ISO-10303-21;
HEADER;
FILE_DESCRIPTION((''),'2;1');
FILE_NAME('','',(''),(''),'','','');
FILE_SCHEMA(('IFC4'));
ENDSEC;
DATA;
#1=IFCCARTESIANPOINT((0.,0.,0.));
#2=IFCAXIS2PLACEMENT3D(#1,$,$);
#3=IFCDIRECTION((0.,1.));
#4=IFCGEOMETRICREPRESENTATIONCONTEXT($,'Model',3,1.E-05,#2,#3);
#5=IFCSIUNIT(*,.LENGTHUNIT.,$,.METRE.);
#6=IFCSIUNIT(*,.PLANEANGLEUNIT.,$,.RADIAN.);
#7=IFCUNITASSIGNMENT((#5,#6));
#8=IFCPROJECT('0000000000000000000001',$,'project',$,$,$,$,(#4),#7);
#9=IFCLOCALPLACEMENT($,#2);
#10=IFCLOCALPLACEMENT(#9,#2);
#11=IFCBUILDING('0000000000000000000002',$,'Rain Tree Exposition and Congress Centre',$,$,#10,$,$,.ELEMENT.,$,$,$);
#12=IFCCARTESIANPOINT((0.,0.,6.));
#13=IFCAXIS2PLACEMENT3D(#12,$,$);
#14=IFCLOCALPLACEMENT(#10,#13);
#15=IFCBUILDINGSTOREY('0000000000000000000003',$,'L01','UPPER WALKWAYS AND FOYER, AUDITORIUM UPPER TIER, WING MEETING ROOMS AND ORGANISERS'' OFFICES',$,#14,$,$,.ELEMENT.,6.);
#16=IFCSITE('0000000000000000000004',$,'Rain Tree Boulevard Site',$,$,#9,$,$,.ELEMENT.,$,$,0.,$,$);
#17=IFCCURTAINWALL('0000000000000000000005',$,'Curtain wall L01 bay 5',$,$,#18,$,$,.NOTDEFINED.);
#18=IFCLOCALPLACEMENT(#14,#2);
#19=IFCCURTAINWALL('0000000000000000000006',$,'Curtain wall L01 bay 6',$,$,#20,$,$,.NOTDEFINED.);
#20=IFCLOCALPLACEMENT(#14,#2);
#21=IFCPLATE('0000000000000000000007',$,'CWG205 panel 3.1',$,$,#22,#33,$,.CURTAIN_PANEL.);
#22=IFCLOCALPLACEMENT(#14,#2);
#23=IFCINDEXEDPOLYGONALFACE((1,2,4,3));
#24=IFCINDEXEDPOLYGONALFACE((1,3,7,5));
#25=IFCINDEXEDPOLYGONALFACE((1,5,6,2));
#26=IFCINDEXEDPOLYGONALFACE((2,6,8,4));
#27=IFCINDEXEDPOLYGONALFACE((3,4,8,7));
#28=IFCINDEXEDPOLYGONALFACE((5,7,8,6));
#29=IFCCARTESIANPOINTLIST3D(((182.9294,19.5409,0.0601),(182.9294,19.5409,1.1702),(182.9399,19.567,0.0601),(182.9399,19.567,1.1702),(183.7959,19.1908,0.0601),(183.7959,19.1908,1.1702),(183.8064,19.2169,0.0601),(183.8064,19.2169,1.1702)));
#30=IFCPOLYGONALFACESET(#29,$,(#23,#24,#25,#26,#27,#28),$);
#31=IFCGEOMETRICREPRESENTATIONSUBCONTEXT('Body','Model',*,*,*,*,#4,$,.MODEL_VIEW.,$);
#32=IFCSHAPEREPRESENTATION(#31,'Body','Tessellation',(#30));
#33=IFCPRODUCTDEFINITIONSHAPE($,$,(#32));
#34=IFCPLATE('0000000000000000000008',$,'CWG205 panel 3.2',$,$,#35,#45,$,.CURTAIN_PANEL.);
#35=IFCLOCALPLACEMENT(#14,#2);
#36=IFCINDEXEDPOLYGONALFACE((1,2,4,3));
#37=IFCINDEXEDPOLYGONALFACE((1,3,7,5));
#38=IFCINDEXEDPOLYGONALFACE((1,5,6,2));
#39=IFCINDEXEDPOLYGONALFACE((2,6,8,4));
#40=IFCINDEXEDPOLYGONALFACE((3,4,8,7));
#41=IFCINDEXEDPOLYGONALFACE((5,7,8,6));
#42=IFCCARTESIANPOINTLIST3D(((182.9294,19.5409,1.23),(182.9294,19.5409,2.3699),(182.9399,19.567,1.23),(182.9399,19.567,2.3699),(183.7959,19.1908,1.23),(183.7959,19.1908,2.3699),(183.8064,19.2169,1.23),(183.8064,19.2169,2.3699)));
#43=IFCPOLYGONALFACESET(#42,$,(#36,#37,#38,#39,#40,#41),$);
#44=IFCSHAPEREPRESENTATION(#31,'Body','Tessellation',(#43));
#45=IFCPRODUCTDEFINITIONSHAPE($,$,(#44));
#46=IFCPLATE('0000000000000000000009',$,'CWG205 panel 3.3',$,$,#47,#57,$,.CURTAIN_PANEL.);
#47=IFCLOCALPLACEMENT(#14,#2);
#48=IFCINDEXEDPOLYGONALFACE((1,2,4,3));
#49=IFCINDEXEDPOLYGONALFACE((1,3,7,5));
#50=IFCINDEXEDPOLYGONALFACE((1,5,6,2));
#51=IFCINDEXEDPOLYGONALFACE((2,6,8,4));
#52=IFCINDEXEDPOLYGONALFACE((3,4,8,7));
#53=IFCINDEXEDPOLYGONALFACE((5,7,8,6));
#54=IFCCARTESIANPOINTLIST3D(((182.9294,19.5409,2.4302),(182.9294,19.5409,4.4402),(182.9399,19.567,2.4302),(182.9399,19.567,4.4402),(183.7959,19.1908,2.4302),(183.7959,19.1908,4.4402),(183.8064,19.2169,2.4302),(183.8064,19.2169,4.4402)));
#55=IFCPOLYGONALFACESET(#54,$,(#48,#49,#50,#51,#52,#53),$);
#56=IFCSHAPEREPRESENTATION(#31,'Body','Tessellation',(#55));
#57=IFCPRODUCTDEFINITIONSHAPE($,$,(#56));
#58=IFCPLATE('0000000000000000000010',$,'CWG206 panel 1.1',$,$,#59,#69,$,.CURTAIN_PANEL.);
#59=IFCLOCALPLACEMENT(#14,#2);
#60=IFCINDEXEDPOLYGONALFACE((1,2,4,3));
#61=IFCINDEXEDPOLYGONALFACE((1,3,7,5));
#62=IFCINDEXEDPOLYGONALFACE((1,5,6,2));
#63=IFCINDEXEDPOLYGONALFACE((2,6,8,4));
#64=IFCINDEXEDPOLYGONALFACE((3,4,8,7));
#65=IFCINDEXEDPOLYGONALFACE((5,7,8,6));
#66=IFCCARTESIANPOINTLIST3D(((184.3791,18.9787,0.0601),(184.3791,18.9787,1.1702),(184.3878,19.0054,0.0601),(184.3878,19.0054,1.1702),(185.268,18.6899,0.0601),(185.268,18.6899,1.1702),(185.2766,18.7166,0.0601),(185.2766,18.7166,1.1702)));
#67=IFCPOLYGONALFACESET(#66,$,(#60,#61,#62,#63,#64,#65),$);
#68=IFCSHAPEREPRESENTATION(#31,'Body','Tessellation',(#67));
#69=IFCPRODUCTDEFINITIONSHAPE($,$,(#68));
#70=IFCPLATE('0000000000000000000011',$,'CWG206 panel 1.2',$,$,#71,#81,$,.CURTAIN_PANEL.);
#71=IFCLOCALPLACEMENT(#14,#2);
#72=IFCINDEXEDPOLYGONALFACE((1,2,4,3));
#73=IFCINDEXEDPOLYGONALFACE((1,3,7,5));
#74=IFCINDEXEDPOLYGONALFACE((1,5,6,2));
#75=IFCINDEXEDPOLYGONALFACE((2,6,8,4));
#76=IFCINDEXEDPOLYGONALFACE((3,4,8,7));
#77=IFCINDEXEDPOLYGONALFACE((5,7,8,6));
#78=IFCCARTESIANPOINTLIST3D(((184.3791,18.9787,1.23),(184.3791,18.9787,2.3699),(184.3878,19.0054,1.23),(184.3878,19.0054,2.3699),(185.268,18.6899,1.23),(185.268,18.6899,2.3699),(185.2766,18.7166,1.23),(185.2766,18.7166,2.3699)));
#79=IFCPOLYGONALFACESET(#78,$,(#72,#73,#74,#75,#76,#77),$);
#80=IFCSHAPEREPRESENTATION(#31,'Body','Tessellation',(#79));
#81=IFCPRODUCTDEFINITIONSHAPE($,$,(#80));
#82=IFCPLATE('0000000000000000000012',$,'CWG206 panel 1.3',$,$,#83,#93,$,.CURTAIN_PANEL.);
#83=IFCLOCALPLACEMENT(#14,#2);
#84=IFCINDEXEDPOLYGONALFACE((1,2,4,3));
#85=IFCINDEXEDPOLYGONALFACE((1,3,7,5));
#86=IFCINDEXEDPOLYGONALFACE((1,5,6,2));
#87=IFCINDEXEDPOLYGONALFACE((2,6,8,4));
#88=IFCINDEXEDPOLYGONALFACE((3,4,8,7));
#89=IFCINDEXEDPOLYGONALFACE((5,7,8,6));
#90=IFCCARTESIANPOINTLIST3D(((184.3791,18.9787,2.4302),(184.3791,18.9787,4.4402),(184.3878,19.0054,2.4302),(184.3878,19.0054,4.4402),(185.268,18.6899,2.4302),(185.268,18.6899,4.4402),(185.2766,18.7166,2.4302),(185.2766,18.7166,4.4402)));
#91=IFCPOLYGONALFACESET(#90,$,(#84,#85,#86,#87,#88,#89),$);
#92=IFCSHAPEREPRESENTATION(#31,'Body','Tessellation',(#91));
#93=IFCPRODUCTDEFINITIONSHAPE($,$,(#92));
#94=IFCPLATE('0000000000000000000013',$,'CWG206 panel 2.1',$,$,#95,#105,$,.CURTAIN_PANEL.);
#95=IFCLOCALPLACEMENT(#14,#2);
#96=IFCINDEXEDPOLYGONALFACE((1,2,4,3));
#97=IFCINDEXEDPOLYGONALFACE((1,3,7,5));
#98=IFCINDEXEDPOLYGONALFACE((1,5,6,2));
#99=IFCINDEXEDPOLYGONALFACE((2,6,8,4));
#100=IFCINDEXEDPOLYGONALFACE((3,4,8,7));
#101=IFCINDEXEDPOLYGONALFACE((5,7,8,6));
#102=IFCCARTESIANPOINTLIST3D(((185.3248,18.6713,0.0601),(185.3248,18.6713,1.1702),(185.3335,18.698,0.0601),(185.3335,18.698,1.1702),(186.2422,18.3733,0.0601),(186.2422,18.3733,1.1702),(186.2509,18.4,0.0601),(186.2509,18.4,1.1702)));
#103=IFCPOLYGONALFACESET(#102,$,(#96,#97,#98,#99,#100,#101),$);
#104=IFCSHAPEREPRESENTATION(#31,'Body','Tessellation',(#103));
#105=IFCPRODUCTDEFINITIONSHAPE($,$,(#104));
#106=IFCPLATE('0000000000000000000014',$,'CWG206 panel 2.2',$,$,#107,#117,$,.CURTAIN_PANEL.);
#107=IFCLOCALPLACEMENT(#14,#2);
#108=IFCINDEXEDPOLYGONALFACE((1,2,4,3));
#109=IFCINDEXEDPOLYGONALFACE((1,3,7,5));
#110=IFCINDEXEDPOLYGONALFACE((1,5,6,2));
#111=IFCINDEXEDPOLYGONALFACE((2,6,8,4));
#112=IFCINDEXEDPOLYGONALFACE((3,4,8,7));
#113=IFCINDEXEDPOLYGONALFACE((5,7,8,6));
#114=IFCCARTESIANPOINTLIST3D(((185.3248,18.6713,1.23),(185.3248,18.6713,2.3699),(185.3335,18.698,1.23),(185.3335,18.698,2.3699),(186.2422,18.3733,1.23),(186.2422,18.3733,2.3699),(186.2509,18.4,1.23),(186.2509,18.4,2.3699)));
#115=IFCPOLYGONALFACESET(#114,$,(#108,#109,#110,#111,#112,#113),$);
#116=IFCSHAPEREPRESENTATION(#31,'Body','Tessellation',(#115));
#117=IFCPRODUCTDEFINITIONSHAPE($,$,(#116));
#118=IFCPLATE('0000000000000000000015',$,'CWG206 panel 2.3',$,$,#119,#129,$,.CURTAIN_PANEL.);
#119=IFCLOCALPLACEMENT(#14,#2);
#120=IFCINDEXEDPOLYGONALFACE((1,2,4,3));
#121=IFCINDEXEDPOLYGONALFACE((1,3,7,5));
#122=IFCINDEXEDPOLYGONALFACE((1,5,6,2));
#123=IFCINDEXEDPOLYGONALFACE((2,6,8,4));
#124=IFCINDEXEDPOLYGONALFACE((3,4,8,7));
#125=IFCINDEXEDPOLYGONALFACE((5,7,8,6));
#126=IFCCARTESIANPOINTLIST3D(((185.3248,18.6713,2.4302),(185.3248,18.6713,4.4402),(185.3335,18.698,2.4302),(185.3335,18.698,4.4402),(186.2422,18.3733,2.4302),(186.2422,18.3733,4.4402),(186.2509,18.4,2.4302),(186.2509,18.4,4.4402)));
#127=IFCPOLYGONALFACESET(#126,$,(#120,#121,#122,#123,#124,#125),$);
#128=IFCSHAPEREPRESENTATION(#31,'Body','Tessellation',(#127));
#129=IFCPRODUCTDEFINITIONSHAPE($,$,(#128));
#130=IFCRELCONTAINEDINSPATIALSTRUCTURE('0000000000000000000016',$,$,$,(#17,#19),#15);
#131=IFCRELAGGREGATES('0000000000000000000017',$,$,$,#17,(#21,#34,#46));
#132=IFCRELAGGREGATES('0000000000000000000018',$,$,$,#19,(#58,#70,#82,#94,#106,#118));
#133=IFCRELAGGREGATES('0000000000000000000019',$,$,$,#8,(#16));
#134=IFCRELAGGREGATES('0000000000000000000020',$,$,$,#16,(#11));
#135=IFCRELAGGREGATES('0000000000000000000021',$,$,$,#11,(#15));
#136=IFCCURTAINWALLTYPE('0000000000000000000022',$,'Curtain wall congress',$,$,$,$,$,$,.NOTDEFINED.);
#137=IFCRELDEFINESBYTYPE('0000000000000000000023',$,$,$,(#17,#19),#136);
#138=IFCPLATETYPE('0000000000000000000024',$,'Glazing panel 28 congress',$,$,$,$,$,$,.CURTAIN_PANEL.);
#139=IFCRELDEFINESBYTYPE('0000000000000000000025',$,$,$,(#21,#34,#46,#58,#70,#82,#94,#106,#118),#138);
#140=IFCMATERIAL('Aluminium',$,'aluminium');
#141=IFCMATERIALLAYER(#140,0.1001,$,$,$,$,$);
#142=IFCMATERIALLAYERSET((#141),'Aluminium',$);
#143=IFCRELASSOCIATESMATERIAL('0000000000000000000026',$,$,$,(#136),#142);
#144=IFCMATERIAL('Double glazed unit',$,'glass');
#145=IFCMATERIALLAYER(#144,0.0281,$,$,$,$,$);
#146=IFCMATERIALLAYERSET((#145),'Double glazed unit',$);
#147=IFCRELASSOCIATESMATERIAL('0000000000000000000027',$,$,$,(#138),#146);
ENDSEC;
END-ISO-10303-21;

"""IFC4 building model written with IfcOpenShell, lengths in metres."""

from ifc_helpers import new_model, si_unit, direction, frame, origin, origin_2d, place, context, subcontext, project, spatial, rectangle, extrude, material, layer, layer_set, type_object, element, aggregate, save


model = new_model("IFC4")

# Units and contexts
model_context = context("Model", 3, precision=1e-05, world=origin(), true_north=direction((0.0, 1.0)))
body_context = subcontext(model_context, "Body", "Model", "MODEL_VIEW")
ifc_project = project(units=[si_unit("LENGTHUNIT", "METRE"), si_unit("PLANEANGLEUNIT", "RADIAN")], contexts=[model_context])

# Site, building, storey
site_placement = place(None, origin())
site = spatial("IfcSite", under=ifc_project, at=site_placement, Name="Rain Tree Boulevard Site", CompositionType="ELEMENT", RefElevation=0.0)
building_placement = place(site_placement, origin())
building = spatial("IfcBuilding", under=site, at=building_placement, Name="Rain Tree Exposition and Congress Centre", CompositionType="ELEMENT")
storey_placement = place(building_placement, frame((0.0, 0.0, 6.0)))
storey = spatial("IfcBuildingStorey", under=building, at=storey_placement, Name="L01", Description="UPPER WALKWAYS AND FOYER, AUDITORIUM UPPER TIER, WING MEETING ROOMS AND ORGANISERS' OFFICES", CompositionType="ELEMENT", Elevation=6.0)

# Curtain walls
ifc_material_1 = material(Name="Aluminium", Category="aluminium")
ifc_layer_1 = layer(ifc_material_1, 0.1001)
ifc_layer_set_1 = layer_set([ifc_layer_1], Name="Aluminium")
curtain_wall_type = type_object("IfcCurtainWallType", Name="Curtain wall congress", PredefinedType="NOTDEFINED", material=ifc_layer_set_1)
curtain_wall_1_placement = place(storey_placement, origin())
curtain_wall_1 = element("IfcCurtainWall", 1, at=curtain_wall_1_placement, inside=storey, type_object=curtain_wall_type, Name="Curtain wall L01 bay 5", PredefinedType="NOTDEFINED")
curtain_wall_2_placement = place(storey_placement, origin())
curtain_wall_2 = element("IfcCurtainWall", 2, at=curtain_wall_2_placement, inside=storey, type_object=curtain_wall_type, Name="Curtain wall L01 bay 6", PredefinedType="NOTDEFINED")

# Plates
ifc_material_2 = material(Name="Double glazed unit", Category="glass")
ifc_layer_2 = layer(ifc_material_2, 0.0281)
ifc_layer_set_2 = layer_set([ifc_layer_2], Name="Double glazed unit")
plate_type = type_object("IfcPlateType", Name="Glazing panel 28 congress", PredefinedType="CURTAIN_PANEL", material=ifc_layer_set_2)
plate_1_placement = place(storey_placement, frame((183.3679, 19.3789, 0.0601), z_axis=(0.0, 0.0, 1.0), x_axis=(0.927188, -0.374597, 0.0)))
plate_1 = element("IfcPlate", 3, at=plate_1_placement, type_object=plate_type, Name="CWG205 panel 3.1", PredefinedType="CURTAIN_PANEL", context=body_context, shape_type="SweptSolid", body=[
    extrude(rectangle(XDim=0.9346, YDim=0.0281, at=origin_2d()), origin(), (0.0, 0.0, 1.0), 1.1101),
])
plate_2_placement = place(storey_placement, frame((183.3679, 19.3789, 1.23), z_axis=(0.0, 0.0, 1.0), x_axis=(0.927188, -0.374597, 0.0)))
plate_2 = element("IfcPlate", 4, at=plate_2_placement, type_object=plate_type, Name="CWG205 panel 3.2", PredefinedType="CURTAIN_PANEL", context=body_context, shape_type="SweptSolid", body=[
    extrude(rectangle(XDim=0.9346, YDim=0.0281, at=origin_2d()), origin(), (0.0, 0.0, 1.0), 1.1399),
])
plate_3_placement = place(storey_placement, frame((183.3679, 19.3789, 2.4302), z_axis=(0.0, 0.0, 1.0), x_axis=(0.927188, -0.374597, 0.0)))
plate_3 = element("IfcPlate", 5, at=plate_3_placement, type_object=plate_type, Name="CWG205 panel 3.3", PredefinedType="CURTAIN_PANEL", context=body_context, shape_type="SweptSolid", body=[
    extrude(rectangle(XDim=0.9346, YDim=0.0281, at=origin_2d()), origin(), (0.0, 0.0, 1.0), 2.01),
])
aggregate(curtain_wall_1, [plate_1, plate_2, plate_3])
plate_4_placement = place(storey_placement, frame((184.8279, 18.8477, 0.0601), z_axis=(0.0, 0.0, 1.0), x_axis=(0.95106, -0.309006, 0.0)))
plate_4 = element("IfcPlate", 6, at=plate_4_placement, type_object=plate_type, Name="CWG206 panel 1.1", PredefinedType="CURTAIN_PANEL", context=body_context, shape_type="SweptSolid", body=[
    extrude(rectangle(XDim=0.9346, YDim=0.0281, at=origin_2d()), origin(), (0.0, 0.0, 1.0), 1.1101),
])
plate_5_placement = place(storey_placement, frame((184.8279, 18.8477, 1.23), z_axis=(0.0, 0.0, 1.0), x_axis=(0.95106, -0.309006, 0.0)))
plate_5 = element("IfcPlate", 7, at=plate_5_placement, type_object=plate_type, Name="CWG206 panel 1.2", PredefinedType="CURTAIN_PANEL", context=body_context, shape_type="SweptSolid", body=[
    extrude(rectangle(XDim=0.9346, YDim=0.0281, at=origin_2d()), origin(), (0.0, 0.0, 1.0), 1.1399),
])
plate_6_placement = place(storey_placement, frame((184.8279, 18.8477, 2.4302), z_axis=(0.0, 0.0, 1.0), x_axis=(0.95106, -0.309006, 0.0)))
plate_6 = element("IfcPlate", 8, at=plate_6_placement, type_object=plate_type, Name="CWG206 panel 1.3", PredefinedType="CURTAIN_PANEL", context=body_context, shape_type="SweptSolid", body=[
    extrude(rectangle(XDim=0.9346, YDim=0.0281, at=origin_2d()), origin(), (0.0, 0.0, 1.0), 2.01),
])
plate_7_placement = place(storey_placement, frame((185.7878, 18.5356, 0.0601), z_axis=(0.0, 0.0, 1.0), x_axis=(0.95106, -0.309006, 0.0)))
plate_7 = element("IfcPlate", 9, at=plate_7_placement, type_object=plate_type, Name="CWG206 panel 2.1", PredefinedType="CURTAIN_PANEL", context=body_context, shape_type="SweptSolid", body=[
    extrude(rectangle(XDim=0.9646, YDim=0.0281, at=origin_2d()), origin(), (0.0, 0.0, 1.0), 1.1101),
])
plate_8_placement = place(storey_placement, frame((185.7878, 18.5356, 1.23), z_axis=(0.0, 0.0, 1.0), x_axis=(0.95106, -0.309006, 0.0)))
plate_8 = element("IfcPlate", 10, at=plate_8_placement, type_object=plate_type, Name="CWG206 panel 2.2", PredefinedType="CURTAIN_PANEL", context=body_context, shape_type="SweptSolid", body=[
    extrude(rectangle(XDim=0.9646, YDim=0.0281, at=origin_2d()), origin(), (0.0, 0.0, 1.0), 1.1399),
])
plate_9_placement = place(storey_placement, frame((185.7878, 18.5356, 2.4302), z_axis=(0.0, 0.0, 1.0), x_axis=(0.95106, -0.309006, 0.0)))
plate_9 = element("IfcPlate", 11, at=plate_9_placement, type_object=plate_type, Name="CWG206 panel 2.3", PredefinedType="CURTAIN_PANEL", context=body_context, shape_type="SweptSolid", body=[
    extrude(rectangle(XDim=0.9646, YDim=0.0281, at=origin_2d()), origin(), (0.0, 0.0, 1.0), 2.01),
])
aggregate(curtain_wall_2, [plate_4, plate_5, plate_6, plate_7, plate_8, plate_9])

save(model, "model.ifc")
